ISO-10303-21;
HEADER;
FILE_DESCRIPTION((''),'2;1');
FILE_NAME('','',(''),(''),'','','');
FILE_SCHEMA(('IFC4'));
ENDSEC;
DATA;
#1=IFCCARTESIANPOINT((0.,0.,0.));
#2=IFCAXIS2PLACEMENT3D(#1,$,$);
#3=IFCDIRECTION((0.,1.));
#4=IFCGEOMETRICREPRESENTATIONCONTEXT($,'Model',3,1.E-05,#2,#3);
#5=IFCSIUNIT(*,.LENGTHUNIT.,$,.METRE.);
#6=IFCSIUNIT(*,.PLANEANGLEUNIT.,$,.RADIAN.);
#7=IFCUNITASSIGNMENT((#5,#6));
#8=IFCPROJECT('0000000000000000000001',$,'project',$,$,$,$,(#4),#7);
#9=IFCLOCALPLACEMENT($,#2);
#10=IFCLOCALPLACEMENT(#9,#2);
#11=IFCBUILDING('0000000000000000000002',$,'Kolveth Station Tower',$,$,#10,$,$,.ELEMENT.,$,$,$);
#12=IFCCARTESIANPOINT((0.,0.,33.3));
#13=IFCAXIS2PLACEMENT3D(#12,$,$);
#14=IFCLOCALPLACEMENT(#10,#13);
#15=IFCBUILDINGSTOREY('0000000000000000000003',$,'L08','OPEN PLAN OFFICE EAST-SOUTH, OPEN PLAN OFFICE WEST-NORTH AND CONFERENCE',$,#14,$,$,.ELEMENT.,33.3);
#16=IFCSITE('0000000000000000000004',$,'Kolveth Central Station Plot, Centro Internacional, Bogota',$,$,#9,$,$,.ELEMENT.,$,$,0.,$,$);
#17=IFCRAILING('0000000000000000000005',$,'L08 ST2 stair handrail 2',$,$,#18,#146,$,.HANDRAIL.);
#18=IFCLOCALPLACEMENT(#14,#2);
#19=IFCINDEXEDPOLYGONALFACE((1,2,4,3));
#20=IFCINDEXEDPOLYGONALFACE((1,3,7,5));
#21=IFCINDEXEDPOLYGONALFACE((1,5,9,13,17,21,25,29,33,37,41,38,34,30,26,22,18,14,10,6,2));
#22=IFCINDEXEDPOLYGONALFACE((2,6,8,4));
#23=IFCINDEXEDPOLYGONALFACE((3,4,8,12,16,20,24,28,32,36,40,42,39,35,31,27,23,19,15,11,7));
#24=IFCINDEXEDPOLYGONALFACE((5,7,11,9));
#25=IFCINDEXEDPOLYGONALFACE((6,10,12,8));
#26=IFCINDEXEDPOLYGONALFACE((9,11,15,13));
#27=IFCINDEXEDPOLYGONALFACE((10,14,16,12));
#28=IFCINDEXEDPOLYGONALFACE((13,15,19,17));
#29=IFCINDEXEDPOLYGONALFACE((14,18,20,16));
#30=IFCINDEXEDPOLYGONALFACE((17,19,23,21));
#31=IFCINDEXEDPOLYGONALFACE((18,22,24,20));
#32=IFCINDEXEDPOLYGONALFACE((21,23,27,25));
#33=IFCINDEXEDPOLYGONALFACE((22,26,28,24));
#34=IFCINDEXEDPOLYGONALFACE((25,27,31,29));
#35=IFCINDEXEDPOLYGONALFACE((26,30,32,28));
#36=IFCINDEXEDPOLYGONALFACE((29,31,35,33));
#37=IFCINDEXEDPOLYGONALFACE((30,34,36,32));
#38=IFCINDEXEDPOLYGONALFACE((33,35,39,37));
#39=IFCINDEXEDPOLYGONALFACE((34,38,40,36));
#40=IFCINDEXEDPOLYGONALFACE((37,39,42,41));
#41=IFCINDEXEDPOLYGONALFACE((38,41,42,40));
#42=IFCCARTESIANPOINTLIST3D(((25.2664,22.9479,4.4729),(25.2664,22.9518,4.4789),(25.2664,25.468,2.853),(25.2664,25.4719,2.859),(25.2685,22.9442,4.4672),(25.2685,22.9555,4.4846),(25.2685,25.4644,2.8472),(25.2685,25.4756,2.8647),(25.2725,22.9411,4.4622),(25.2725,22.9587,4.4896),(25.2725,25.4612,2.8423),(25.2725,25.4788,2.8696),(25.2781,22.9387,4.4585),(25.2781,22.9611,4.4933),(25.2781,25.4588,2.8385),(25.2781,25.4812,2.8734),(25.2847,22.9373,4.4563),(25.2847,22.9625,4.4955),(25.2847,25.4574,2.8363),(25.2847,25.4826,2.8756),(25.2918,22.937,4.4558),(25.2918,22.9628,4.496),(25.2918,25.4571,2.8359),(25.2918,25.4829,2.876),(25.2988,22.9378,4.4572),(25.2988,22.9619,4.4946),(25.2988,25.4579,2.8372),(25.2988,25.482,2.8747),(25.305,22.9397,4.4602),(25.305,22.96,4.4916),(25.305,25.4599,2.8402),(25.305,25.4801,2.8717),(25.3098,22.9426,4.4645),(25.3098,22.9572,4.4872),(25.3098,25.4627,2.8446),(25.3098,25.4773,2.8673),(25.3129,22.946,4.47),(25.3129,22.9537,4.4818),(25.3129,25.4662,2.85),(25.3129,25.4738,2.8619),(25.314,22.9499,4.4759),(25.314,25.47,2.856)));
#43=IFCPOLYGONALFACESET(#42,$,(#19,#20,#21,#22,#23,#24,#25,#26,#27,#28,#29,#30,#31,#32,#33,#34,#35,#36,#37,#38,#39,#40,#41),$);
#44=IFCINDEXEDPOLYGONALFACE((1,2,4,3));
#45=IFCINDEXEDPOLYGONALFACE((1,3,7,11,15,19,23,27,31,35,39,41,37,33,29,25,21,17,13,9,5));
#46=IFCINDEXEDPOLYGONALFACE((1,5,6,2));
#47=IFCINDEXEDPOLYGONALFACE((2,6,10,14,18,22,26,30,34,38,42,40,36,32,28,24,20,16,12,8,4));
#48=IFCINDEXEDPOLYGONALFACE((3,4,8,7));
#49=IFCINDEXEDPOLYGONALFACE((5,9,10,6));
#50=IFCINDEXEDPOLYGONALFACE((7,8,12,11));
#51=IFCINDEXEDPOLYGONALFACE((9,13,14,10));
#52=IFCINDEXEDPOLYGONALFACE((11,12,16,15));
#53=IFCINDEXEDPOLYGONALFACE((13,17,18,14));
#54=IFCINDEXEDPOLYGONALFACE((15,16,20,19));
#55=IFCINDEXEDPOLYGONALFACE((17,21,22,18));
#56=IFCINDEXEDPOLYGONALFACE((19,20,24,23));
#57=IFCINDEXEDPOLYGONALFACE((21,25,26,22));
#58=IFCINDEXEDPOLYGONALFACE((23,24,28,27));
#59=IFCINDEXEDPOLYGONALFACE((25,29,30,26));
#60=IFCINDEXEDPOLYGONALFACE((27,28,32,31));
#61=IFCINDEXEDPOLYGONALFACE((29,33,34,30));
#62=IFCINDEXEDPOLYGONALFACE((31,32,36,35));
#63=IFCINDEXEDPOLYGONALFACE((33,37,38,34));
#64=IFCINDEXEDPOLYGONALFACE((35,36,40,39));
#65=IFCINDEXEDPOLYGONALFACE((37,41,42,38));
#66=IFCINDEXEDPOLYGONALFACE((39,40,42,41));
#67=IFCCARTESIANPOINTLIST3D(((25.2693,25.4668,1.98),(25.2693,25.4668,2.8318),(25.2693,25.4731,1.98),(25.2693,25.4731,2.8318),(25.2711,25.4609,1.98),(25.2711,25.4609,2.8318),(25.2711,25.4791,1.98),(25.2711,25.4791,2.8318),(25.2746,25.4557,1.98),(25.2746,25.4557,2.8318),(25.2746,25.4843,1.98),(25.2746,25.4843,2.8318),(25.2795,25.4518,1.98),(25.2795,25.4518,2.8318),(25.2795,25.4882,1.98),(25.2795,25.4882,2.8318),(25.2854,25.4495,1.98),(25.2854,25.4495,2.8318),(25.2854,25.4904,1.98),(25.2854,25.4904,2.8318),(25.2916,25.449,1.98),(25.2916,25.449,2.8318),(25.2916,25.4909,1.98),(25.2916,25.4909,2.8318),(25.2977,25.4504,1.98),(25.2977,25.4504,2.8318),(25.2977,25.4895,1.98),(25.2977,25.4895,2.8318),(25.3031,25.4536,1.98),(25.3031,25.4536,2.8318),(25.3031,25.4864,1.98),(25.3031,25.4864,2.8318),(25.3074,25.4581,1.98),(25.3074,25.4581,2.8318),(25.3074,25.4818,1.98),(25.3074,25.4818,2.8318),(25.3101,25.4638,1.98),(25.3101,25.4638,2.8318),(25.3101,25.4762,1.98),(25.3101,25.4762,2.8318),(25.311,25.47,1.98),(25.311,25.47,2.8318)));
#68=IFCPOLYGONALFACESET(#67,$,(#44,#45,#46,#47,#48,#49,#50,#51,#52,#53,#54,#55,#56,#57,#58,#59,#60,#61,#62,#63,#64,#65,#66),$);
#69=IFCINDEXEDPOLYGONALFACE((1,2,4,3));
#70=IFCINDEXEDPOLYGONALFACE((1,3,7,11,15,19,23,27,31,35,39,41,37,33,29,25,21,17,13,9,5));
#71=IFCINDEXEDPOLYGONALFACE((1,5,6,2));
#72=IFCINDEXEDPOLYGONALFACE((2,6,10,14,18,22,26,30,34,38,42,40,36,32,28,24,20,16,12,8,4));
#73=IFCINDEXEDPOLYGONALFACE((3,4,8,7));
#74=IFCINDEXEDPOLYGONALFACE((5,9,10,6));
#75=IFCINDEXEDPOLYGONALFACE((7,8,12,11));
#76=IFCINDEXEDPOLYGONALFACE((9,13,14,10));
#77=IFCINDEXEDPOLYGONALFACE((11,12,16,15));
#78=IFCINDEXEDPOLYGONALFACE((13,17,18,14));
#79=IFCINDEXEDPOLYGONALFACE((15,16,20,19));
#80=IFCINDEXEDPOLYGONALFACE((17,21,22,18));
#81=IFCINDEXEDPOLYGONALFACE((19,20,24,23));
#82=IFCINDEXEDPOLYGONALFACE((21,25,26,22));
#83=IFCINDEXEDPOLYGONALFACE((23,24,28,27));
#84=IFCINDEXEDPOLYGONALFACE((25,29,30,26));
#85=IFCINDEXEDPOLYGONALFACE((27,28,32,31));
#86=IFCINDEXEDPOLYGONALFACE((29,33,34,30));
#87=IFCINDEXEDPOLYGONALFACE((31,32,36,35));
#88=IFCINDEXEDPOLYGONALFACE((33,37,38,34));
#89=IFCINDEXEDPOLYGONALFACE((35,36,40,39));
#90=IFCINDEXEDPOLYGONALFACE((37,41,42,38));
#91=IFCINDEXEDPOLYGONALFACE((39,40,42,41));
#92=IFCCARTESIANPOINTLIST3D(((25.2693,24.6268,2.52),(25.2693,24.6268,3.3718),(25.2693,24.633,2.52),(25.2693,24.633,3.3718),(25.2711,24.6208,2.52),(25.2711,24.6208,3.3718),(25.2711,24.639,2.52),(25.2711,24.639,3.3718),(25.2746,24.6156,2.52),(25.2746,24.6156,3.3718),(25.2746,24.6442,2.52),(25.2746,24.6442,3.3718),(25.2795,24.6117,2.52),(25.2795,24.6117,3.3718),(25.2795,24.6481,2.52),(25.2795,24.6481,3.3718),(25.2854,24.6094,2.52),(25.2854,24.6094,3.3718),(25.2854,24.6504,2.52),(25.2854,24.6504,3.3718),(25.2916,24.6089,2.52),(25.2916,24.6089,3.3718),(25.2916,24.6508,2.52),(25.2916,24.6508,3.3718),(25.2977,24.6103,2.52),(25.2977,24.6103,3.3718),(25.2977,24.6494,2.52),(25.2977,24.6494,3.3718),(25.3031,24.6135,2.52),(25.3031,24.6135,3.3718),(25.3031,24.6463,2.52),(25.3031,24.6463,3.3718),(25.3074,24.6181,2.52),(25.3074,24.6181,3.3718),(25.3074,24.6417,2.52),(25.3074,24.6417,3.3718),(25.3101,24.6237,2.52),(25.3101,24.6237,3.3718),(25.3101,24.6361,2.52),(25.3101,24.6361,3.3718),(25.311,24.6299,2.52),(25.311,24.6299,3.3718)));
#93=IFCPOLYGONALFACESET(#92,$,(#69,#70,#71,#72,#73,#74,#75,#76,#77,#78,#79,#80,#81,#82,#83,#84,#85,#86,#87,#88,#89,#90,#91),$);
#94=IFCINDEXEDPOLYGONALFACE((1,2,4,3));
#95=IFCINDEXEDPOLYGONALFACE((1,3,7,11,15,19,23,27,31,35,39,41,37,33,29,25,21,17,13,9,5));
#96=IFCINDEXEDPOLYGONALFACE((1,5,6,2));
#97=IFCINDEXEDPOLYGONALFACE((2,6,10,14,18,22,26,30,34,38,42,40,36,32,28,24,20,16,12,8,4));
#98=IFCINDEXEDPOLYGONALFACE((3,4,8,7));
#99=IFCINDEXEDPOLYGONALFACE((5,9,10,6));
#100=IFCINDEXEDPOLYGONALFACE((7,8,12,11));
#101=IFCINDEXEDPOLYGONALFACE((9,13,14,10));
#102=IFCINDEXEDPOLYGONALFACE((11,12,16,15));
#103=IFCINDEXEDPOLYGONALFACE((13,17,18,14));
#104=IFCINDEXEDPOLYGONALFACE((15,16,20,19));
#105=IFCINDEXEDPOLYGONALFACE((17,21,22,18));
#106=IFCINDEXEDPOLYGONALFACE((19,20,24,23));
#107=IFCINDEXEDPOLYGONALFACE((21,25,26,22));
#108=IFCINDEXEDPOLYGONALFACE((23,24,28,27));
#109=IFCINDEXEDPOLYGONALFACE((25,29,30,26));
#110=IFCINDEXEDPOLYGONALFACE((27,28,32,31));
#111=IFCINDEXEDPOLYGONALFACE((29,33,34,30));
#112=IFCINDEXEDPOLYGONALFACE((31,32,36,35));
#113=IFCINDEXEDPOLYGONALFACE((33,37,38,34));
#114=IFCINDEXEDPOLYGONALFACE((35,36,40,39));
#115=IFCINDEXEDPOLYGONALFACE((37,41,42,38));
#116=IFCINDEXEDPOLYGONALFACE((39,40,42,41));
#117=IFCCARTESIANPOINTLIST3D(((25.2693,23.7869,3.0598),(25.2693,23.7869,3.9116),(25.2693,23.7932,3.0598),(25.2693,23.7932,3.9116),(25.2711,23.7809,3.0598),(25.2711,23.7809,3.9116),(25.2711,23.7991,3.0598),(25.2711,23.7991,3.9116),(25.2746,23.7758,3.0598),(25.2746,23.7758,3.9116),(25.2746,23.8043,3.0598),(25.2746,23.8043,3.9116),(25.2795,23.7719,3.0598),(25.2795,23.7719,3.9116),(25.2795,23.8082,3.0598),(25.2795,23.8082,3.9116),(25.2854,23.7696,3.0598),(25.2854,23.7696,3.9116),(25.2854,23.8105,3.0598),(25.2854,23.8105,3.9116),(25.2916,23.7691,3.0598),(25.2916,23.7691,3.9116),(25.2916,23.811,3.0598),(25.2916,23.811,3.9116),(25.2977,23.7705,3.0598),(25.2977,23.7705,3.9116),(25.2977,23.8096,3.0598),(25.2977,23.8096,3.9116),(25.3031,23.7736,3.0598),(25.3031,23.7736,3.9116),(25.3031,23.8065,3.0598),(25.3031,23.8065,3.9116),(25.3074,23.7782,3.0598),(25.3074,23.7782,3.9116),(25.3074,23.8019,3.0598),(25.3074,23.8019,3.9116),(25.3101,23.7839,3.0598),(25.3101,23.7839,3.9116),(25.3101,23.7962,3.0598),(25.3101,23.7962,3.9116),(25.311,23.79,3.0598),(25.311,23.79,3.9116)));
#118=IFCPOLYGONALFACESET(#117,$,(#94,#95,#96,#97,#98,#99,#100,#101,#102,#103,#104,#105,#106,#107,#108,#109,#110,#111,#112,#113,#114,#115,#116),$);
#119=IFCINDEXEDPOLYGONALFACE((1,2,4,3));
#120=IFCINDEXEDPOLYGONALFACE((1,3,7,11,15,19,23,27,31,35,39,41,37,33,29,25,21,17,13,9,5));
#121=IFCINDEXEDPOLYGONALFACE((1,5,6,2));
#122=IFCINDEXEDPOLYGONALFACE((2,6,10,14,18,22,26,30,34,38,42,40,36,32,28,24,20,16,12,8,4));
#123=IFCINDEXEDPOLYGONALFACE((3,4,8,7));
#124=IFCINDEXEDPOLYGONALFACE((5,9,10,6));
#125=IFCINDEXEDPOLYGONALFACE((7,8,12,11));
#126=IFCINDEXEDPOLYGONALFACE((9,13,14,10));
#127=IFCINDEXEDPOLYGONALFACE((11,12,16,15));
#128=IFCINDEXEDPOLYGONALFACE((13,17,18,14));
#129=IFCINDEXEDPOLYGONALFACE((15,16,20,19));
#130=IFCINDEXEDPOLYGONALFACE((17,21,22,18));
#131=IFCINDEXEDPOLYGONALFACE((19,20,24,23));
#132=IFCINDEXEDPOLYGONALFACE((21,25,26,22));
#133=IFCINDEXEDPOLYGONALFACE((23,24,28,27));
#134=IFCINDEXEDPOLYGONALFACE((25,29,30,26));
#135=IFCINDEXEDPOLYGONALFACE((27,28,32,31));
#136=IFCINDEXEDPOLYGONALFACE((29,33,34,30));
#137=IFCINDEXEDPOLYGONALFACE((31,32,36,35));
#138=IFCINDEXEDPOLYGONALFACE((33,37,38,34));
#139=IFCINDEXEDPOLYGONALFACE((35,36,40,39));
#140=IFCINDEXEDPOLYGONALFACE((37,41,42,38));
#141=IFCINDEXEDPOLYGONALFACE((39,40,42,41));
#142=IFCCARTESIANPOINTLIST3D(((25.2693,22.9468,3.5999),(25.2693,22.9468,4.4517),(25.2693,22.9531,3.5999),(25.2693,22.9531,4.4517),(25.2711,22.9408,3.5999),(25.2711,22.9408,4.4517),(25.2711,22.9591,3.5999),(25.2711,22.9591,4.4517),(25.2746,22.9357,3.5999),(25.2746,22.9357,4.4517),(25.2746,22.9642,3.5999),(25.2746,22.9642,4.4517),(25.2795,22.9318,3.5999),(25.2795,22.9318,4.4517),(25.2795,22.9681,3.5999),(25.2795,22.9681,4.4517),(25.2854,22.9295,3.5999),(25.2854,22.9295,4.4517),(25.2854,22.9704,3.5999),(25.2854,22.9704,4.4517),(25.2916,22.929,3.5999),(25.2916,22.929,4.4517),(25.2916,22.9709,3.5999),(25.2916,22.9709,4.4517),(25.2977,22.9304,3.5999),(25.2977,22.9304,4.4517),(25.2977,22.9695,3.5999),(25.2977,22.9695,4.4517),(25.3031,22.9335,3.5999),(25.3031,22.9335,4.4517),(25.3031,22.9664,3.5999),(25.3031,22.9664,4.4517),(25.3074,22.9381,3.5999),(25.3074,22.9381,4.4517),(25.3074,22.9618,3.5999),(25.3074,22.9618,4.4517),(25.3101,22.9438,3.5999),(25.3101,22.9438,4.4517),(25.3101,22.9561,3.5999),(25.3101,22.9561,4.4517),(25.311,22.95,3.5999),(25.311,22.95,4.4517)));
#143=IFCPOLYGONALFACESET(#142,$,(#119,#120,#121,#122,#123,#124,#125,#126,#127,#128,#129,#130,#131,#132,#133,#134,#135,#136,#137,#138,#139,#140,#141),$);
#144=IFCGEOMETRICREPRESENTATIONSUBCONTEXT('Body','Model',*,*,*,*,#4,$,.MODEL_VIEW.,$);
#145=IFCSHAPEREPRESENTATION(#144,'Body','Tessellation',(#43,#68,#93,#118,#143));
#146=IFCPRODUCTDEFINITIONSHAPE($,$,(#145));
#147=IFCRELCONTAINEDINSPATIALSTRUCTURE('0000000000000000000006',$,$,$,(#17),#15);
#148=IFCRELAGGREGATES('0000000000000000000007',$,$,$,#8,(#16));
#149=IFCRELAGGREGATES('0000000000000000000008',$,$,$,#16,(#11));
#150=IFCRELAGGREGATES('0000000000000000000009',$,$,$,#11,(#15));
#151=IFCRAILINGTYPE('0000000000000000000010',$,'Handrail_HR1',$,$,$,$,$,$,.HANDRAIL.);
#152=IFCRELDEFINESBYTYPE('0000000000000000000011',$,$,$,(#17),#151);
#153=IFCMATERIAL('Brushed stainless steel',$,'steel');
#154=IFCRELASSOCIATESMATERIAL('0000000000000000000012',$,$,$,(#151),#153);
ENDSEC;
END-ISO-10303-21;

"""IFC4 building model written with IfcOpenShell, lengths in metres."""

from ifc_helpers import new_model, si_unit, direction, frame, origin, origin_2d, place, context, subcontext, project, spatial, circle, extrude, material, type_object, element, save


model = new_model("IFC4")

# Units and contexts
model_context = context("Model", 3, precision=1e-05, world=origin(), true_north=direction((0.0, 1.0)))
body_context = subcontext(model_context, "Body", "Model", "MODEL_VIEW")
ifc_project = project(units=[si_unit("LENGTHUNIT", "METRE"), si_unit("PLANEANGLEUNIT", "RADIAN")], contexts=[model_context])

# Site, building, storey
site_placement = place(None, origin())
site = spatial("IfcSite", under=ifc_project, at=site_placement, Name="Kolveth Central Station Plot, Centro Internacional, Bogota", CompositionType="ELEMENT", RefElevation=0.0)
building_placement = place(site_placement, origin())
building = spatial("IfcBuilding", under=site, at=building_placement, Name="Kolveth Station Tower", CompositionType="ELEMENT")
storey_placement = place(building_placement, frame((0.0, 0.0, 33.3)))
storey = spatial("IfcBuildingStorey", under=building, at=storey_placement, Name="L08", Description="OPEN PLAN OFFICE EAST-SOUTH, OPEN PLAN OFFICE WEST-NORTH AND CONFERENCE", CompositionType="ELEMENT", Elevation=33.3)

# Railing
ifc_material_1 = material(Name="Brushed stainless steel", Category="steel")
railing_type_1 = type_object("IfcRailingType", Name="Handrail_HR1", PredefinedType="HANDRAIL", material=ifc_material_1)
railing_1_placement = place(storey_placement, frame((25.29, 25.47, 1.98)))
element("IfcRailing", 1, at=railing_1_placement, inside=storey, type_object=railing_type_1, Name="L08 ST2 stair handrail 2", PredefinedType="HANDRAIL", context=body_context, shape_type="SweptSolid", body=[
    extrude(circle(Radius=0.0239, at=origin_2d()), frame((0.0, 0.0, 0.876), z_axis=(0.0, -0.8412, 0.540725), x_axis=(1.0, 0.0, 0.0)), (0.0, 0.0, 1.0), 2.9958),
    extrude(circle(Radius=0.021, at=origin_2d()), origin(), (0.0, 0.0, 1.0), 0.8518),
    extrude(circle(Radius=0.021, at=origin_2d()), frame((0.0, -0.8401, 0.54)), (0.0, 0.0, 1.0), 0.8518),
    extrude(circle(Radius=0.021, at=origin_2d()), frame((0.0, -1.6799, 1.0798)), (0.0, 0.0, 1.0), 0.8518),
    extrude(circle(Radius=0.021, at=origin_2d()), frame((0.0, -2.52, 1.6199)), (0.0, 0.0, 1.0), 0.8518),
])

save(model, "model.ifc")
